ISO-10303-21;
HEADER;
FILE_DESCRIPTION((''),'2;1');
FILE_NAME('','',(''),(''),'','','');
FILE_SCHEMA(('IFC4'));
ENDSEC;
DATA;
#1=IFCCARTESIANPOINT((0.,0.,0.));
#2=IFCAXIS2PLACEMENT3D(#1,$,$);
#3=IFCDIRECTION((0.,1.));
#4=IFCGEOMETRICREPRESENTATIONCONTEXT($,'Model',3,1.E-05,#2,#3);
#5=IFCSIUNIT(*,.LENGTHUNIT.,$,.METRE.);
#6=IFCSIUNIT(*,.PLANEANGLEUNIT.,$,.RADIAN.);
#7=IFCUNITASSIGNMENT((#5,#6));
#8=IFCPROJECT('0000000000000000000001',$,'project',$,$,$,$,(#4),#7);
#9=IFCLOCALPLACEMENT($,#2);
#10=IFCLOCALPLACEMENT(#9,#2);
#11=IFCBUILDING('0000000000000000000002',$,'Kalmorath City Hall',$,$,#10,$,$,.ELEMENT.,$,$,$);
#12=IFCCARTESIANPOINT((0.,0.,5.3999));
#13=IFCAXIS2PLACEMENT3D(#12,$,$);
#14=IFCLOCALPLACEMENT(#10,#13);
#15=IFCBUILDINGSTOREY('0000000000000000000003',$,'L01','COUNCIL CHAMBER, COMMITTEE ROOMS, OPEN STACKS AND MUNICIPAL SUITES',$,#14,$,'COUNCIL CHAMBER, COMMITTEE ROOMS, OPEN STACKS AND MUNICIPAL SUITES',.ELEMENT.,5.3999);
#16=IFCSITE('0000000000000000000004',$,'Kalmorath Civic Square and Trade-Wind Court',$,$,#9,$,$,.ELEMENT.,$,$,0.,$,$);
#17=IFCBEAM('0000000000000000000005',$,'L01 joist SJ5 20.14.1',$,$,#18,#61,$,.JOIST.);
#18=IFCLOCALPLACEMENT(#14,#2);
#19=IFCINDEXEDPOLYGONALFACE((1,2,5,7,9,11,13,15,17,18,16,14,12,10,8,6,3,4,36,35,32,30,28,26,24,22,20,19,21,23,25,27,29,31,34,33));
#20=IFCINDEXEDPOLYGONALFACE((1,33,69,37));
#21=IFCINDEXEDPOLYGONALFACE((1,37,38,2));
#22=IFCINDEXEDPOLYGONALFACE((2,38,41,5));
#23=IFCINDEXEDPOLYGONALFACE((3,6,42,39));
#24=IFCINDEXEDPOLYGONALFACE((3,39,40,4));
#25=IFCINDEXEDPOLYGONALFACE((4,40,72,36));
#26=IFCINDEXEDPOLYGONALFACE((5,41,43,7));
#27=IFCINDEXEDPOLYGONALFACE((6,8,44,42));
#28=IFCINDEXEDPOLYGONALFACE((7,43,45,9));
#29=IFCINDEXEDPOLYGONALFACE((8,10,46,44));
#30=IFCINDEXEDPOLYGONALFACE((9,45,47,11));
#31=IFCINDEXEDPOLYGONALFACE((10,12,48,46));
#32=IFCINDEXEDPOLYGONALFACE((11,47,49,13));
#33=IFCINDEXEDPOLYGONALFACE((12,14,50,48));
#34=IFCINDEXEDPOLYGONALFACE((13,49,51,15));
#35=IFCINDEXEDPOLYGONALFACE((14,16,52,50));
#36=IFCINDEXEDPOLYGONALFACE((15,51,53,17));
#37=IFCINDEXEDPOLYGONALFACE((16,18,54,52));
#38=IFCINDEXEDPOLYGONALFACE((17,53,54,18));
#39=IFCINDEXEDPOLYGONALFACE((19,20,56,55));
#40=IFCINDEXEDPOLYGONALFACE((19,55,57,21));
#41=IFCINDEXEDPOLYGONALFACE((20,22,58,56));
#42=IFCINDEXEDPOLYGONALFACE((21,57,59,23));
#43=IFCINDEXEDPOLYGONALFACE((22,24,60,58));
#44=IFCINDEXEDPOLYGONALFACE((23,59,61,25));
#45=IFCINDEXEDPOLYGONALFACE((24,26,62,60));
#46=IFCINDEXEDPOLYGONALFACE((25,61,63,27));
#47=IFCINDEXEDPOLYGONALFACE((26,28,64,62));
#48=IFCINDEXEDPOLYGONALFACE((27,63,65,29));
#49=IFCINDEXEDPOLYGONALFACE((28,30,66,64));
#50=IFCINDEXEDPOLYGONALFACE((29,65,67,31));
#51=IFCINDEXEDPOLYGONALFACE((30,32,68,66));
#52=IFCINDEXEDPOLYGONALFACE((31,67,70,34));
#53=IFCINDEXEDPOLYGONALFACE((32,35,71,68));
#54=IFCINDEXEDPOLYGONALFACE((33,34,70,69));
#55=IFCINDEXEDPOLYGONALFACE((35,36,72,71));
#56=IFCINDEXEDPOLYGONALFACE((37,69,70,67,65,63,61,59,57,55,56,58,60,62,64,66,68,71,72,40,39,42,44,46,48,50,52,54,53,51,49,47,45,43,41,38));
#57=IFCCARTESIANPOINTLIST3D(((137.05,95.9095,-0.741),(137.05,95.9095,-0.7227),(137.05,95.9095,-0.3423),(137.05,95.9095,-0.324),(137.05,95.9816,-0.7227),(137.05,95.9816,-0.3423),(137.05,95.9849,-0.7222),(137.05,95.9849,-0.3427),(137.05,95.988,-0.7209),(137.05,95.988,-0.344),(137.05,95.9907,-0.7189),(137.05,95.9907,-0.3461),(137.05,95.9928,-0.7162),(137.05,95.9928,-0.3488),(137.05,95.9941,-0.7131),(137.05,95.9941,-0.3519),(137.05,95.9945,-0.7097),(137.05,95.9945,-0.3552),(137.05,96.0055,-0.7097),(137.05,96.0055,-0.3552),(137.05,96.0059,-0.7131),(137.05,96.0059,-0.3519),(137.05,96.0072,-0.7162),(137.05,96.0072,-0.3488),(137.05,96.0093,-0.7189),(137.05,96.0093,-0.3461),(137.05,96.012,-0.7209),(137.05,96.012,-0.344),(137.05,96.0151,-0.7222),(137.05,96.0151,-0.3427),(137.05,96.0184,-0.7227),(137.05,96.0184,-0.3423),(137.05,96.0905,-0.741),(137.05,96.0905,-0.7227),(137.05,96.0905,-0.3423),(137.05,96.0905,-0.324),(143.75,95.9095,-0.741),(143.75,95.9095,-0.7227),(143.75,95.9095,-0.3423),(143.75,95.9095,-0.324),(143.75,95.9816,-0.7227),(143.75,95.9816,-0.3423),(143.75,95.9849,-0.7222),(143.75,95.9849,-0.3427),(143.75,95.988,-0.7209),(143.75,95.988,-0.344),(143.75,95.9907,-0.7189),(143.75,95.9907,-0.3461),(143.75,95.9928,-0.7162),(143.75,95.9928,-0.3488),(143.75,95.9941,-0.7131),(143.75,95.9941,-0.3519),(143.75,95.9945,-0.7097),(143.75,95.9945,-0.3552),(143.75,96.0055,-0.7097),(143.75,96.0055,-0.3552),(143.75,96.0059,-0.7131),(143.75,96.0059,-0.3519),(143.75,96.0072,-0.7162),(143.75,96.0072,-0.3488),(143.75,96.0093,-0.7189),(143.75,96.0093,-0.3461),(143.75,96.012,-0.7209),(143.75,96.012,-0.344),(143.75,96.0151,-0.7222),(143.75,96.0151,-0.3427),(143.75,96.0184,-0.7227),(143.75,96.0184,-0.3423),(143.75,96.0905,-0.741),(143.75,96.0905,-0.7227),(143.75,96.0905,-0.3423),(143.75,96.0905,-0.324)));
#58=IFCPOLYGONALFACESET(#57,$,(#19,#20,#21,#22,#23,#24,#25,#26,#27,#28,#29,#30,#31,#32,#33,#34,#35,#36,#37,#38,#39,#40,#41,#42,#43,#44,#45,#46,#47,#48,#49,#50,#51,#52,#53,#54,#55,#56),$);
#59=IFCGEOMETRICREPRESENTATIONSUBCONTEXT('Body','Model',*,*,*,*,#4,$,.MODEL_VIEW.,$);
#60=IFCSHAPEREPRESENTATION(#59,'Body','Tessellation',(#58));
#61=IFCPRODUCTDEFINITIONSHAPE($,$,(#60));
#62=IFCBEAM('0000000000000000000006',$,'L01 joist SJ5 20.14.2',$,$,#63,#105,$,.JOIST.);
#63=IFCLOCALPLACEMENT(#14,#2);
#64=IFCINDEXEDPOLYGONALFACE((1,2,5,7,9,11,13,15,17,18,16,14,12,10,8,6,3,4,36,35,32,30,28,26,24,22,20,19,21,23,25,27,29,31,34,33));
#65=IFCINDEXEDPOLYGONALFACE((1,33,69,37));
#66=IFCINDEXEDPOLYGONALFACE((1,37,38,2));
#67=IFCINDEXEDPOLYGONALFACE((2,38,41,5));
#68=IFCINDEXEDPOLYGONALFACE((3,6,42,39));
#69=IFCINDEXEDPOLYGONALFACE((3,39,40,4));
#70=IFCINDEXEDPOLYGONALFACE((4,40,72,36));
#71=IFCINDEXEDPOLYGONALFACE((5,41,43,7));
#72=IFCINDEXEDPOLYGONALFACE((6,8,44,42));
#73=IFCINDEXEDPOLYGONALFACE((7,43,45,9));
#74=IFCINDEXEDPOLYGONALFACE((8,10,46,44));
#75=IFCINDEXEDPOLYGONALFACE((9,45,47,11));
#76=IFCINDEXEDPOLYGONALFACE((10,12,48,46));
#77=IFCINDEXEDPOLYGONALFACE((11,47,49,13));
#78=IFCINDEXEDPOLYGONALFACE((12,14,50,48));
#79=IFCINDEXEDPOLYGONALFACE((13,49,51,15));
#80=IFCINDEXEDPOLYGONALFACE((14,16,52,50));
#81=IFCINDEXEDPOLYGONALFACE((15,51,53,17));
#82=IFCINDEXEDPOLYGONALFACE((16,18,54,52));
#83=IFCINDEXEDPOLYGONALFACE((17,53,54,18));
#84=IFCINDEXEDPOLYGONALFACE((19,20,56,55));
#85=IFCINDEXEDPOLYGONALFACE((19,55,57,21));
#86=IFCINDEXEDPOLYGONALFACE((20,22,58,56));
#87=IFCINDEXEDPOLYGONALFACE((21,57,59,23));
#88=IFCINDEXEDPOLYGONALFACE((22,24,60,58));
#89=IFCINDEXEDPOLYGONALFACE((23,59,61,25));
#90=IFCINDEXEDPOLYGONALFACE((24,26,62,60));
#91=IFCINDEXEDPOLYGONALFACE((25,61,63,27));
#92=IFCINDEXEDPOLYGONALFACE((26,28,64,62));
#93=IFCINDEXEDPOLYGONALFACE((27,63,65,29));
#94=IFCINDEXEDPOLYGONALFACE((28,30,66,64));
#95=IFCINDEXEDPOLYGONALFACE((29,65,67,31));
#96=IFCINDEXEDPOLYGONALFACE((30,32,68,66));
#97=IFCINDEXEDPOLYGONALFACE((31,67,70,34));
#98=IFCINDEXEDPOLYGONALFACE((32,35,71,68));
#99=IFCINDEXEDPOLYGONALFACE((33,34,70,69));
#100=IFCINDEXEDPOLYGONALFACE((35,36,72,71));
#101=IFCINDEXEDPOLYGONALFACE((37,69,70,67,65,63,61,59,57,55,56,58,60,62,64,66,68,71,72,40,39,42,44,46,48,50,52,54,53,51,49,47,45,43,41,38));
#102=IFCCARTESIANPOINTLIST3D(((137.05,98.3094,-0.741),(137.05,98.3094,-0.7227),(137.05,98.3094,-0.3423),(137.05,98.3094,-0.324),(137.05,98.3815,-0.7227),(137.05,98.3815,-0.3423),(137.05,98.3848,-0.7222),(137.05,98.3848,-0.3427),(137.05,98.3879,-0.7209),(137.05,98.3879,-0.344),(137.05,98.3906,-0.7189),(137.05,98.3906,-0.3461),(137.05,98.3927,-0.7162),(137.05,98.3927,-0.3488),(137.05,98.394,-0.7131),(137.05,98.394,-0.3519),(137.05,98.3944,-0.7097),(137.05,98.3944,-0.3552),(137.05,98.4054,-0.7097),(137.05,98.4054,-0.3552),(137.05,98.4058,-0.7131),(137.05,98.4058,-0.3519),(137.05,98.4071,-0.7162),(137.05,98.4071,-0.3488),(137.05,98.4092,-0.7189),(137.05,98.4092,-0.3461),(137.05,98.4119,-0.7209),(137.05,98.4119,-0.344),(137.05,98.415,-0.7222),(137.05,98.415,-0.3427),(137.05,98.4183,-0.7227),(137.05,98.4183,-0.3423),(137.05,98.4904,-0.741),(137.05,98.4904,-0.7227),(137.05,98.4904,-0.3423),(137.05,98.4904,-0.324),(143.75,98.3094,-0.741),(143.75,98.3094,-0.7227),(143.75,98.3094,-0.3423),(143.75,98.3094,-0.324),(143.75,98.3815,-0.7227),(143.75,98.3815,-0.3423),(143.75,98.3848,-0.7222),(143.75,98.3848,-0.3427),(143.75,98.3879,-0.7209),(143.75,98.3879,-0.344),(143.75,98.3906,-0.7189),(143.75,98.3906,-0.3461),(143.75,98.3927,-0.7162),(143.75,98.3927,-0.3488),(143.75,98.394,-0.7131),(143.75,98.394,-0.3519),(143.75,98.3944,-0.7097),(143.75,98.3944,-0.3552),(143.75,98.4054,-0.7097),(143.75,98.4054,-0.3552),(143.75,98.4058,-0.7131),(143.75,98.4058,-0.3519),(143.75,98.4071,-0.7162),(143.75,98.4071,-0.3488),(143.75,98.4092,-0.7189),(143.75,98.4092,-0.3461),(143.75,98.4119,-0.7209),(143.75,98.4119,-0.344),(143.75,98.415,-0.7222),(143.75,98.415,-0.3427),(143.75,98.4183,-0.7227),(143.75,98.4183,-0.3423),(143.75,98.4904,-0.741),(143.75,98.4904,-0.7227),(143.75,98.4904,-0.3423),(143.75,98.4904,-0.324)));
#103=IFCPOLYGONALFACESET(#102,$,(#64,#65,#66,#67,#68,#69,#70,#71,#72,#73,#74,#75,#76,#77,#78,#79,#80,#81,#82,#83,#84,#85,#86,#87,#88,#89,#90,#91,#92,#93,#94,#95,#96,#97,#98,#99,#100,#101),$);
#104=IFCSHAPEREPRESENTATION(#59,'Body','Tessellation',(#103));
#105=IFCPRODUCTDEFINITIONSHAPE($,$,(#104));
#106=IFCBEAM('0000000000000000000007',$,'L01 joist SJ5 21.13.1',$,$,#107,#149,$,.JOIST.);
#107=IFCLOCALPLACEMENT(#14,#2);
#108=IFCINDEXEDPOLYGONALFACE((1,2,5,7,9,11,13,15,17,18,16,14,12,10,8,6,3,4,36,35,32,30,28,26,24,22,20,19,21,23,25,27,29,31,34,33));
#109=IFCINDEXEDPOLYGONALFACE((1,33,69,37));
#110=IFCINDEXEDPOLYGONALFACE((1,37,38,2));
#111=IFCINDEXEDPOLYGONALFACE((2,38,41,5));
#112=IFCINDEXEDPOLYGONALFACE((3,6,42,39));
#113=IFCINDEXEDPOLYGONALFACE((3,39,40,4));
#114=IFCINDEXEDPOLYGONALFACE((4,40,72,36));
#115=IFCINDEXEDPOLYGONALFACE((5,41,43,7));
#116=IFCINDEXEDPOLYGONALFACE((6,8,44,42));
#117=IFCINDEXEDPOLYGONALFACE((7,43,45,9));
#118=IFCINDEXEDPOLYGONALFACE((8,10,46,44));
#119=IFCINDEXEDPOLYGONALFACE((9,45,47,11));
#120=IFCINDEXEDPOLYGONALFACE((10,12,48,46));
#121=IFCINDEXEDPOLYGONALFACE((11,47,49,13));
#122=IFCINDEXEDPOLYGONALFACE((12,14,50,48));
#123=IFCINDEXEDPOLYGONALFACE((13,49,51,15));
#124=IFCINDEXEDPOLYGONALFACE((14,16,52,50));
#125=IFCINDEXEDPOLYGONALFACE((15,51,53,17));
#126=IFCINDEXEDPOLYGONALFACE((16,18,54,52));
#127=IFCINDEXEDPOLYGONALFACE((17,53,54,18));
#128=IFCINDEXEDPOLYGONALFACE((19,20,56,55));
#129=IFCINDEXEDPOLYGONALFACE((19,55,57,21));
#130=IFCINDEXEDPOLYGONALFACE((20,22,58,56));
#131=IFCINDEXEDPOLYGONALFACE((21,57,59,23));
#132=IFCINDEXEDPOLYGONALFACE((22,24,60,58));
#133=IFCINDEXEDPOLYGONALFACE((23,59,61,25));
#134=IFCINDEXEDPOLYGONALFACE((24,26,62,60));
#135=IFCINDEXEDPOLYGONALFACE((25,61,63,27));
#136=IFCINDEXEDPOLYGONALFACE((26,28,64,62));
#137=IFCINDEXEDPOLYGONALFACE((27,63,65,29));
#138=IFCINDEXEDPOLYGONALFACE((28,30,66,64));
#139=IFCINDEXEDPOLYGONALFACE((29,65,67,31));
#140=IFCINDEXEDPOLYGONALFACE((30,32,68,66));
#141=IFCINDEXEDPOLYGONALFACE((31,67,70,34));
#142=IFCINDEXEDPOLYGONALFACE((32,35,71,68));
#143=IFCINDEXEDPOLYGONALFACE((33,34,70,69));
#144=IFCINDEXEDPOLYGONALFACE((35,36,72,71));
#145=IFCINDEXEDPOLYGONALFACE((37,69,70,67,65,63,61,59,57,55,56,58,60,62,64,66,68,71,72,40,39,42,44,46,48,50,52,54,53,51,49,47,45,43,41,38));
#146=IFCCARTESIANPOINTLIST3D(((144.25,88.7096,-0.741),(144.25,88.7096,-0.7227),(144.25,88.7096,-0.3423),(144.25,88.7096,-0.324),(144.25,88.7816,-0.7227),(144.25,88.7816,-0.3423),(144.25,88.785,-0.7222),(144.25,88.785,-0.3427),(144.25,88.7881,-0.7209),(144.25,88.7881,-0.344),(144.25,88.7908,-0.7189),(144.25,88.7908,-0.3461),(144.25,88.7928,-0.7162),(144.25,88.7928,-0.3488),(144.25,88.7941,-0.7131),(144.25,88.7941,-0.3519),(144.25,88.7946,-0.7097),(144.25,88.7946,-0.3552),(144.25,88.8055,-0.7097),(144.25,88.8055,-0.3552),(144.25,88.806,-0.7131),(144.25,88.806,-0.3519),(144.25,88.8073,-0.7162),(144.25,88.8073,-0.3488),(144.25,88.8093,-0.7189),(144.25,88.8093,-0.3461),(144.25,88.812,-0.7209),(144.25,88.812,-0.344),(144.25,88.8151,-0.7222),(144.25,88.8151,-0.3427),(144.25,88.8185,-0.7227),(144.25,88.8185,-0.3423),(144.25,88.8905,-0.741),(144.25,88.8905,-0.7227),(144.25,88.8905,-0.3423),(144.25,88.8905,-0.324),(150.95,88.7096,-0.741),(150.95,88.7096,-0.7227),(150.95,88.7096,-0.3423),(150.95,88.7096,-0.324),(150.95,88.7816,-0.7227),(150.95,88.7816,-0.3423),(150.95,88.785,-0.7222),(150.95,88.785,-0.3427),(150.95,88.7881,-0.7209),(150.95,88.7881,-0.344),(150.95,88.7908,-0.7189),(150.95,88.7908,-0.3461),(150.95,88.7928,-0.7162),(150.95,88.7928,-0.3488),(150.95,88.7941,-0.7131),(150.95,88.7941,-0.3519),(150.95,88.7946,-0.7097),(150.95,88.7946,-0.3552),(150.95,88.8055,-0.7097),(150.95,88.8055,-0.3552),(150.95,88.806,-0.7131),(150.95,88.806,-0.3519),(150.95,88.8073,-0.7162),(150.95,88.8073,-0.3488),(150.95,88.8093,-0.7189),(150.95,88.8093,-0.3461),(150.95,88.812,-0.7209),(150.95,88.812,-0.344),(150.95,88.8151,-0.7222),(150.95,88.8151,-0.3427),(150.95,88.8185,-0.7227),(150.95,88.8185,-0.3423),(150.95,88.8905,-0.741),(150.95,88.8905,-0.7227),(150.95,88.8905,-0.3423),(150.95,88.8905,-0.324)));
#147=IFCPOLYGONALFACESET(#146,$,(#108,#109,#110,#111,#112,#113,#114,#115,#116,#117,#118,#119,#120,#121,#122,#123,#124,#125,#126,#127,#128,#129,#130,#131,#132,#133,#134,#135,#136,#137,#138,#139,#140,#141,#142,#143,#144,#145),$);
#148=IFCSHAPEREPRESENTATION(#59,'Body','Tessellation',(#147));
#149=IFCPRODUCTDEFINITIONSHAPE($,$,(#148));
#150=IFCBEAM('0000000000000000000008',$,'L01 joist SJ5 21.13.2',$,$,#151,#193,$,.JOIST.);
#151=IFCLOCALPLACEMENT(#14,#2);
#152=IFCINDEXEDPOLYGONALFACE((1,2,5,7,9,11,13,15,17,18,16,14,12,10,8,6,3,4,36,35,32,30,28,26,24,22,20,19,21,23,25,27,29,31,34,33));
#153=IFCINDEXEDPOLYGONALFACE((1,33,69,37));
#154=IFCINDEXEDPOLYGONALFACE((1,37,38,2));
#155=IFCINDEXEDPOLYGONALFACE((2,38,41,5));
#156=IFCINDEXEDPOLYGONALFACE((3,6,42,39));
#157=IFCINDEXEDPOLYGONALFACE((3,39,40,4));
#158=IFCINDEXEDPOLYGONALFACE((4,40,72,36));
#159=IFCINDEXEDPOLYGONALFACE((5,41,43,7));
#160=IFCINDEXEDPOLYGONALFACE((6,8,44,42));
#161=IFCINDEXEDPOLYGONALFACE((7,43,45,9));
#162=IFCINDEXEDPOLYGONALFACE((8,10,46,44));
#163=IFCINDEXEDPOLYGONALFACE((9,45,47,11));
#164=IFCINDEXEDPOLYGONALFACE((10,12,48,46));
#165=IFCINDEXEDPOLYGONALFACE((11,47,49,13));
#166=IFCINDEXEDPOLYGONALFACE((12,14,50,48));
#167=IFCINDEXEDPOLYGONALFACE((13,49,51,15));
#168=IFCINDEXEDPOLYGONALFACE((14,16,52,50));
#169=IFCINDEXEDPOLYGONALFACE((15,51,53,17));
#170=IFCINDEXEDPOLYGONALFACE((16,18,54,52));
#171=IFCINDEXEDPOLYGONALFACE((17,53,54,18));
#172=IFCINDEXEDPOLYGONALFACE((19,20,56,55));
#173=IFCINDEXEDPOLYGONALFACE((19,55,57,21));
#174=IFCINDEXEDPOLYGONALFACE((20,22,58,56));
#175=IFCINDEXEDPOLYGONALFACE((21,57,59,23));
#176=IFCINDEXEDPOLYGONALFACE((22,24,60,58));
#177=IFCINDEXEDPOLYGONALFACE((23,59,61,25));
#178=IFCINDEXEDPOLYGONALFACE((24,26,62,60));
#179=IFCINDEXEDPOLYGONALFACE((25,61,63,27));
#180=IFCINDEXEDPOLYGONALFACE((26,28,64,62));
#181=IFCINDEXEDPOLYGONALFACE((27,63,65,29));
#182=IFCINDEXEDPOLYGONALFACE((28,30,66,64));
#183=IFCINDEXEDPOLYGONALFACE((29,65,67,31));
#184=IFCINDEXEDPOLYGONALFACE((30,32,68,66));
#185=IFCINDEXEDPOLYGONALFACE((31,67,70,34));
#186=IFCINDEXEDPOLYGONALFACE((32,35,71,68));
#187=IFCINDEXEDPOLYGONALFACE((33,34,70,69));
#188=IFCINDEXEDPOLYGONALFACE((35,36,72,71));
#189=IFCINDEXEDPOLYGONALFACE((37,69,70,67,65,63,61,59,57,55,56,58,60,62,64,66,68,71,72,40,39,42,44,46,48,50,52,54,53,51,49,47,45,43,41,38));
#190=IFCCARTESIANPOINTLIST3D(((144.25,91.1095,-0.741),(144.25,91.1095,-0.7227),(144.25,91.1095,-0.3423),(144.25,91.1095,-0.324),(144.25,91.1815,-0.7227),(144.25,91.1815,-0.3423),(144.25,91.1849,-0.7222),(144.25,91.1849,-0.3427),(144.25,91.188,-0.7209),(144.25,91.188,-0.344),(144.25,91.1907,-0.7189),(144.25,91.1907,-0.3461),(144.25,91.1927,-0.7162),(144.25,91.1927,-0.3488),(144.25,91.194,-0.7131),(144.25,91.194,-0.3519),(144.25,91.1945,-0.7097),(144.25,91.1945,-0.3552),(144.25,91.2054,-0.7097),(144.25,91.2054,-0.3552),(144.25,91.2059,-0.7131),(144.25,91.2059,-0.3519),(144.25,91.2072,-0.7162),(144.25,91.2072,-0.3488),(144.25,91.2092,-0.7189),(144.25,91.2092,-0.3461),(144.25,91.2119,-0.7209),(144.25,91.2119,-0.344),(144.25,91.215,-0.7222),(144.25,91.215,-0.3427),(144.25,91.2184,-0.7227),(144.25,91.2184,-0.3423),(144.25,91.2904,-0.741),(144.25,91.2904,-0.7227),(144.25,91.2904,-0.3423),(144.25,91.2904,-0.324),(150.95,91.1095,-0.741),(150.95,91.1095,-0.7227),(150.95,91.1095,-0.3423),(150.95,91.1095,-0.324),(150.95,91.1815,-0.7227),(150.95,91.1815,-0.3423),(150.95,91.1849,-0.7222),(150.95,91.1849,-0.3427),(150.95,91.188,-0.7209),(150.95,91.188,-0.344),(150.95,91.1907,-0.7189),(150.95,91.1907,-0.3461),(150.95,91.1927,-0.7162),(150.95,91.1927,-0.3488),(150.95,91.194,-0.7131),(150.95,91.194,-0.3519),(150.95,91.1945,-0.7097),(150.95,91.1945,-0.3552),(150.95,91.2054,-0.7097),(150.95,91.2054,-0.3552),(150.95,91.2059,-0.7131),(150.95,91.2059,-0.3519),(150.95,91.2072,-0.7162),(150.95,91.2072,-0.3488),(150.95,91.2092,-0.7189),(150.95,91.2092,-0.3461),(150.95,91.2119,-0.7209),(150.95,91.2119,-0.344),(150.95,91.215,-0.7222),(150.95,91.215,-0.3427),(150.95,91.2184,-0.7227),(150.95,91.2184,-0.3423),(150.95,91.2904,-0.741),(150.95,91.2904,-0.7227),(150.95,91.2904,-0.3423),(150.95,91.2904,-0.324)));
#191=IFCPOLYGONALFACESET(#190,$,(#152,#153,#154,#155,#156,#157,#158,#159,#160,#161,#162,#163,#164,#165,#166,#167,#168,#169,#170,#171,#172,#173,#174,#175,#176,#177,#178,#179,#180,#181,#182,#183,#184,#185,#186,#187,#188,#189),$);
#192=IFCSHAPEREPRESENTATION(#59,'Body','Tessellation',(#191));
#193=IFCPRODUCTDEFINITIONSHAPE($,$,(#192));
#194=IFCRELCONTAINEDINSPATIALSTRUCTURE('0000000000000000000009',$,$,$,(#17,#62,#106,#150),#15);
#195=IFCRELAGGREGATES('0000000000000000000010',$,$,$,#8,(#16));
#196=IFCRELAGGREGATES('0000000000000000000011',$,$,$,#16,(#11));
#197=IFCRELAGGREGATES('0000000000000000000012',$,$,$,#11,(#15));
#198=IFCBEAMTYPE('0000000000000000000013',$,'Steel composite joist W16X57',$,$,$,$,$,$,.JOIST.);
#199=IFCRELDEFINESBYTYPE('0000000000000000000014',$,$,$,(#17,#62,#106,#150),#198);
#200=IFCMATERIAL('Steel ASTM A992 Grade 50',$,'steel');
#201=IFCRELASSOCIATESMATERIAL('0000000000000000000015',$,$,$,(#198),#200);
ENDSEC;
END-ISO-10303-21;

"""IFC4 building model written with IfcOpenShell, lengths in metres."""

from ifc_helpers import new_model, si_unit, direction, frame, origin, origin_2d, place, context, subcontext, project, spatial, i_section, extrude, material, material_profile, profile_set, type_object, element, save


model = new_model("IFC4")

# Units and contexts
model_context = context("Model", 3, precision=1e-05, world=origin(), true_north=direction((0.0, 1.0)))
body_context = subcontext(model_context, "Body", "Model", "MODEL_VIEW")
ifc_project = project(units=[si_unit("LENGTHUNIT", "METRE"), si_unit("PLANEANGLEUNIT", "RADIAN")], contexts=[model_context])

# Site, building, storey
site_placement = place(None, origin())
site = spatial("IfcSite", under=ifc_project, at=site_placement, Name="Kalmorath Civic Square and Trade-Wind Court", CompositionType="ELEMENT", RefElevation=0.0)
building_placement = place(site_placement, origin())
building = spatial("IfcBuilding", under=site, at=building_placement, Name="Kalmorath City Hall", CompositionType="ELEMENT")
storey_placement = place(building_placement, frame((0.0, 0.0, 5.3999)))
storey = spatial("IfcBuildingStorey", under=building, at=storey_placement, Name="L01", Description="COUNCIL CHAMBER, COMMITTEE ROOMS, OPEN STACKS AND MUNICIPAL SUITES", LongName="COUNCIL CHAMBER, COMMITTEE ROOMS, OPEN STACKS AND MUNICIPAL SUITES", CompositionType="ELEMENT", Elevation=5.3999)

# Beams
ifc_material_1 = material(Name="Steel ASTM A992 Grade 50", Category="steel")
ifc_material_profile_1 = material_profile(ifc_material_1, i_section(OverallWidth=0.1809, OverallDepth=0.417, WebThickness=0.011, FlangeThickness=0.0183, FilletRadius=0.0129, at=origin_2d()), Name="W16X57")
ifc_profile_set_1 = profile_set([ifc_material_profile_1], Name="Steel ASTM A992 Grade 50")
beam_type_1 = type_object("IfcBeamType", Name="Steel composite joist W16X57", PredefinedType="JOIST", material=ifc_profile_set_1)
for number, where, z_axis, x_axis, name in (
    (1, (137.05, 96.0, -0.5325), (1.0, 0.0, 0.0), (0.0, 1.0, 0.0), "L01 joist SJ5 20.14.1"),
    (2, (137.05, 98.3999, -0.5325), (1.0, 0.0, 0.0), (0.0, 1.0, 0.0), "L01 joist SJ5 20.14.2"),
    (3, (144.25, 88.8, -0.5325), (1.0, 0.0, 0.0), (0.0, 1.0, 0.0), "L01 joist SJ5 21.13.1"),
    (4, (144.25, 91.2, -0.5325), (1.0, 0.0, 0.0), (0.0, 1.0, 0.0), "L01 joist SJ5 21.13.2"),
):
    element("IfcBeam", number, at=place(storey_placement, frame(where, z_axis=z_axis, x_axis=x_axis)), inside=storey, type_object=beam_type_1, Name=name, PredefinedType="JOIST", context=body_context, shape_type="SweptSolid", body=[
        extrude(i_section(OverallWidth=0.1809, OverallDepth=0.417, WebThickness=0.011, FlangeThickness=0.0183, FilletRadius=0.0129, at=origin_2d()), origin(), (0.0, 0.0, 1.0), 6.7),
    ])

save(model, "model.ifc")
